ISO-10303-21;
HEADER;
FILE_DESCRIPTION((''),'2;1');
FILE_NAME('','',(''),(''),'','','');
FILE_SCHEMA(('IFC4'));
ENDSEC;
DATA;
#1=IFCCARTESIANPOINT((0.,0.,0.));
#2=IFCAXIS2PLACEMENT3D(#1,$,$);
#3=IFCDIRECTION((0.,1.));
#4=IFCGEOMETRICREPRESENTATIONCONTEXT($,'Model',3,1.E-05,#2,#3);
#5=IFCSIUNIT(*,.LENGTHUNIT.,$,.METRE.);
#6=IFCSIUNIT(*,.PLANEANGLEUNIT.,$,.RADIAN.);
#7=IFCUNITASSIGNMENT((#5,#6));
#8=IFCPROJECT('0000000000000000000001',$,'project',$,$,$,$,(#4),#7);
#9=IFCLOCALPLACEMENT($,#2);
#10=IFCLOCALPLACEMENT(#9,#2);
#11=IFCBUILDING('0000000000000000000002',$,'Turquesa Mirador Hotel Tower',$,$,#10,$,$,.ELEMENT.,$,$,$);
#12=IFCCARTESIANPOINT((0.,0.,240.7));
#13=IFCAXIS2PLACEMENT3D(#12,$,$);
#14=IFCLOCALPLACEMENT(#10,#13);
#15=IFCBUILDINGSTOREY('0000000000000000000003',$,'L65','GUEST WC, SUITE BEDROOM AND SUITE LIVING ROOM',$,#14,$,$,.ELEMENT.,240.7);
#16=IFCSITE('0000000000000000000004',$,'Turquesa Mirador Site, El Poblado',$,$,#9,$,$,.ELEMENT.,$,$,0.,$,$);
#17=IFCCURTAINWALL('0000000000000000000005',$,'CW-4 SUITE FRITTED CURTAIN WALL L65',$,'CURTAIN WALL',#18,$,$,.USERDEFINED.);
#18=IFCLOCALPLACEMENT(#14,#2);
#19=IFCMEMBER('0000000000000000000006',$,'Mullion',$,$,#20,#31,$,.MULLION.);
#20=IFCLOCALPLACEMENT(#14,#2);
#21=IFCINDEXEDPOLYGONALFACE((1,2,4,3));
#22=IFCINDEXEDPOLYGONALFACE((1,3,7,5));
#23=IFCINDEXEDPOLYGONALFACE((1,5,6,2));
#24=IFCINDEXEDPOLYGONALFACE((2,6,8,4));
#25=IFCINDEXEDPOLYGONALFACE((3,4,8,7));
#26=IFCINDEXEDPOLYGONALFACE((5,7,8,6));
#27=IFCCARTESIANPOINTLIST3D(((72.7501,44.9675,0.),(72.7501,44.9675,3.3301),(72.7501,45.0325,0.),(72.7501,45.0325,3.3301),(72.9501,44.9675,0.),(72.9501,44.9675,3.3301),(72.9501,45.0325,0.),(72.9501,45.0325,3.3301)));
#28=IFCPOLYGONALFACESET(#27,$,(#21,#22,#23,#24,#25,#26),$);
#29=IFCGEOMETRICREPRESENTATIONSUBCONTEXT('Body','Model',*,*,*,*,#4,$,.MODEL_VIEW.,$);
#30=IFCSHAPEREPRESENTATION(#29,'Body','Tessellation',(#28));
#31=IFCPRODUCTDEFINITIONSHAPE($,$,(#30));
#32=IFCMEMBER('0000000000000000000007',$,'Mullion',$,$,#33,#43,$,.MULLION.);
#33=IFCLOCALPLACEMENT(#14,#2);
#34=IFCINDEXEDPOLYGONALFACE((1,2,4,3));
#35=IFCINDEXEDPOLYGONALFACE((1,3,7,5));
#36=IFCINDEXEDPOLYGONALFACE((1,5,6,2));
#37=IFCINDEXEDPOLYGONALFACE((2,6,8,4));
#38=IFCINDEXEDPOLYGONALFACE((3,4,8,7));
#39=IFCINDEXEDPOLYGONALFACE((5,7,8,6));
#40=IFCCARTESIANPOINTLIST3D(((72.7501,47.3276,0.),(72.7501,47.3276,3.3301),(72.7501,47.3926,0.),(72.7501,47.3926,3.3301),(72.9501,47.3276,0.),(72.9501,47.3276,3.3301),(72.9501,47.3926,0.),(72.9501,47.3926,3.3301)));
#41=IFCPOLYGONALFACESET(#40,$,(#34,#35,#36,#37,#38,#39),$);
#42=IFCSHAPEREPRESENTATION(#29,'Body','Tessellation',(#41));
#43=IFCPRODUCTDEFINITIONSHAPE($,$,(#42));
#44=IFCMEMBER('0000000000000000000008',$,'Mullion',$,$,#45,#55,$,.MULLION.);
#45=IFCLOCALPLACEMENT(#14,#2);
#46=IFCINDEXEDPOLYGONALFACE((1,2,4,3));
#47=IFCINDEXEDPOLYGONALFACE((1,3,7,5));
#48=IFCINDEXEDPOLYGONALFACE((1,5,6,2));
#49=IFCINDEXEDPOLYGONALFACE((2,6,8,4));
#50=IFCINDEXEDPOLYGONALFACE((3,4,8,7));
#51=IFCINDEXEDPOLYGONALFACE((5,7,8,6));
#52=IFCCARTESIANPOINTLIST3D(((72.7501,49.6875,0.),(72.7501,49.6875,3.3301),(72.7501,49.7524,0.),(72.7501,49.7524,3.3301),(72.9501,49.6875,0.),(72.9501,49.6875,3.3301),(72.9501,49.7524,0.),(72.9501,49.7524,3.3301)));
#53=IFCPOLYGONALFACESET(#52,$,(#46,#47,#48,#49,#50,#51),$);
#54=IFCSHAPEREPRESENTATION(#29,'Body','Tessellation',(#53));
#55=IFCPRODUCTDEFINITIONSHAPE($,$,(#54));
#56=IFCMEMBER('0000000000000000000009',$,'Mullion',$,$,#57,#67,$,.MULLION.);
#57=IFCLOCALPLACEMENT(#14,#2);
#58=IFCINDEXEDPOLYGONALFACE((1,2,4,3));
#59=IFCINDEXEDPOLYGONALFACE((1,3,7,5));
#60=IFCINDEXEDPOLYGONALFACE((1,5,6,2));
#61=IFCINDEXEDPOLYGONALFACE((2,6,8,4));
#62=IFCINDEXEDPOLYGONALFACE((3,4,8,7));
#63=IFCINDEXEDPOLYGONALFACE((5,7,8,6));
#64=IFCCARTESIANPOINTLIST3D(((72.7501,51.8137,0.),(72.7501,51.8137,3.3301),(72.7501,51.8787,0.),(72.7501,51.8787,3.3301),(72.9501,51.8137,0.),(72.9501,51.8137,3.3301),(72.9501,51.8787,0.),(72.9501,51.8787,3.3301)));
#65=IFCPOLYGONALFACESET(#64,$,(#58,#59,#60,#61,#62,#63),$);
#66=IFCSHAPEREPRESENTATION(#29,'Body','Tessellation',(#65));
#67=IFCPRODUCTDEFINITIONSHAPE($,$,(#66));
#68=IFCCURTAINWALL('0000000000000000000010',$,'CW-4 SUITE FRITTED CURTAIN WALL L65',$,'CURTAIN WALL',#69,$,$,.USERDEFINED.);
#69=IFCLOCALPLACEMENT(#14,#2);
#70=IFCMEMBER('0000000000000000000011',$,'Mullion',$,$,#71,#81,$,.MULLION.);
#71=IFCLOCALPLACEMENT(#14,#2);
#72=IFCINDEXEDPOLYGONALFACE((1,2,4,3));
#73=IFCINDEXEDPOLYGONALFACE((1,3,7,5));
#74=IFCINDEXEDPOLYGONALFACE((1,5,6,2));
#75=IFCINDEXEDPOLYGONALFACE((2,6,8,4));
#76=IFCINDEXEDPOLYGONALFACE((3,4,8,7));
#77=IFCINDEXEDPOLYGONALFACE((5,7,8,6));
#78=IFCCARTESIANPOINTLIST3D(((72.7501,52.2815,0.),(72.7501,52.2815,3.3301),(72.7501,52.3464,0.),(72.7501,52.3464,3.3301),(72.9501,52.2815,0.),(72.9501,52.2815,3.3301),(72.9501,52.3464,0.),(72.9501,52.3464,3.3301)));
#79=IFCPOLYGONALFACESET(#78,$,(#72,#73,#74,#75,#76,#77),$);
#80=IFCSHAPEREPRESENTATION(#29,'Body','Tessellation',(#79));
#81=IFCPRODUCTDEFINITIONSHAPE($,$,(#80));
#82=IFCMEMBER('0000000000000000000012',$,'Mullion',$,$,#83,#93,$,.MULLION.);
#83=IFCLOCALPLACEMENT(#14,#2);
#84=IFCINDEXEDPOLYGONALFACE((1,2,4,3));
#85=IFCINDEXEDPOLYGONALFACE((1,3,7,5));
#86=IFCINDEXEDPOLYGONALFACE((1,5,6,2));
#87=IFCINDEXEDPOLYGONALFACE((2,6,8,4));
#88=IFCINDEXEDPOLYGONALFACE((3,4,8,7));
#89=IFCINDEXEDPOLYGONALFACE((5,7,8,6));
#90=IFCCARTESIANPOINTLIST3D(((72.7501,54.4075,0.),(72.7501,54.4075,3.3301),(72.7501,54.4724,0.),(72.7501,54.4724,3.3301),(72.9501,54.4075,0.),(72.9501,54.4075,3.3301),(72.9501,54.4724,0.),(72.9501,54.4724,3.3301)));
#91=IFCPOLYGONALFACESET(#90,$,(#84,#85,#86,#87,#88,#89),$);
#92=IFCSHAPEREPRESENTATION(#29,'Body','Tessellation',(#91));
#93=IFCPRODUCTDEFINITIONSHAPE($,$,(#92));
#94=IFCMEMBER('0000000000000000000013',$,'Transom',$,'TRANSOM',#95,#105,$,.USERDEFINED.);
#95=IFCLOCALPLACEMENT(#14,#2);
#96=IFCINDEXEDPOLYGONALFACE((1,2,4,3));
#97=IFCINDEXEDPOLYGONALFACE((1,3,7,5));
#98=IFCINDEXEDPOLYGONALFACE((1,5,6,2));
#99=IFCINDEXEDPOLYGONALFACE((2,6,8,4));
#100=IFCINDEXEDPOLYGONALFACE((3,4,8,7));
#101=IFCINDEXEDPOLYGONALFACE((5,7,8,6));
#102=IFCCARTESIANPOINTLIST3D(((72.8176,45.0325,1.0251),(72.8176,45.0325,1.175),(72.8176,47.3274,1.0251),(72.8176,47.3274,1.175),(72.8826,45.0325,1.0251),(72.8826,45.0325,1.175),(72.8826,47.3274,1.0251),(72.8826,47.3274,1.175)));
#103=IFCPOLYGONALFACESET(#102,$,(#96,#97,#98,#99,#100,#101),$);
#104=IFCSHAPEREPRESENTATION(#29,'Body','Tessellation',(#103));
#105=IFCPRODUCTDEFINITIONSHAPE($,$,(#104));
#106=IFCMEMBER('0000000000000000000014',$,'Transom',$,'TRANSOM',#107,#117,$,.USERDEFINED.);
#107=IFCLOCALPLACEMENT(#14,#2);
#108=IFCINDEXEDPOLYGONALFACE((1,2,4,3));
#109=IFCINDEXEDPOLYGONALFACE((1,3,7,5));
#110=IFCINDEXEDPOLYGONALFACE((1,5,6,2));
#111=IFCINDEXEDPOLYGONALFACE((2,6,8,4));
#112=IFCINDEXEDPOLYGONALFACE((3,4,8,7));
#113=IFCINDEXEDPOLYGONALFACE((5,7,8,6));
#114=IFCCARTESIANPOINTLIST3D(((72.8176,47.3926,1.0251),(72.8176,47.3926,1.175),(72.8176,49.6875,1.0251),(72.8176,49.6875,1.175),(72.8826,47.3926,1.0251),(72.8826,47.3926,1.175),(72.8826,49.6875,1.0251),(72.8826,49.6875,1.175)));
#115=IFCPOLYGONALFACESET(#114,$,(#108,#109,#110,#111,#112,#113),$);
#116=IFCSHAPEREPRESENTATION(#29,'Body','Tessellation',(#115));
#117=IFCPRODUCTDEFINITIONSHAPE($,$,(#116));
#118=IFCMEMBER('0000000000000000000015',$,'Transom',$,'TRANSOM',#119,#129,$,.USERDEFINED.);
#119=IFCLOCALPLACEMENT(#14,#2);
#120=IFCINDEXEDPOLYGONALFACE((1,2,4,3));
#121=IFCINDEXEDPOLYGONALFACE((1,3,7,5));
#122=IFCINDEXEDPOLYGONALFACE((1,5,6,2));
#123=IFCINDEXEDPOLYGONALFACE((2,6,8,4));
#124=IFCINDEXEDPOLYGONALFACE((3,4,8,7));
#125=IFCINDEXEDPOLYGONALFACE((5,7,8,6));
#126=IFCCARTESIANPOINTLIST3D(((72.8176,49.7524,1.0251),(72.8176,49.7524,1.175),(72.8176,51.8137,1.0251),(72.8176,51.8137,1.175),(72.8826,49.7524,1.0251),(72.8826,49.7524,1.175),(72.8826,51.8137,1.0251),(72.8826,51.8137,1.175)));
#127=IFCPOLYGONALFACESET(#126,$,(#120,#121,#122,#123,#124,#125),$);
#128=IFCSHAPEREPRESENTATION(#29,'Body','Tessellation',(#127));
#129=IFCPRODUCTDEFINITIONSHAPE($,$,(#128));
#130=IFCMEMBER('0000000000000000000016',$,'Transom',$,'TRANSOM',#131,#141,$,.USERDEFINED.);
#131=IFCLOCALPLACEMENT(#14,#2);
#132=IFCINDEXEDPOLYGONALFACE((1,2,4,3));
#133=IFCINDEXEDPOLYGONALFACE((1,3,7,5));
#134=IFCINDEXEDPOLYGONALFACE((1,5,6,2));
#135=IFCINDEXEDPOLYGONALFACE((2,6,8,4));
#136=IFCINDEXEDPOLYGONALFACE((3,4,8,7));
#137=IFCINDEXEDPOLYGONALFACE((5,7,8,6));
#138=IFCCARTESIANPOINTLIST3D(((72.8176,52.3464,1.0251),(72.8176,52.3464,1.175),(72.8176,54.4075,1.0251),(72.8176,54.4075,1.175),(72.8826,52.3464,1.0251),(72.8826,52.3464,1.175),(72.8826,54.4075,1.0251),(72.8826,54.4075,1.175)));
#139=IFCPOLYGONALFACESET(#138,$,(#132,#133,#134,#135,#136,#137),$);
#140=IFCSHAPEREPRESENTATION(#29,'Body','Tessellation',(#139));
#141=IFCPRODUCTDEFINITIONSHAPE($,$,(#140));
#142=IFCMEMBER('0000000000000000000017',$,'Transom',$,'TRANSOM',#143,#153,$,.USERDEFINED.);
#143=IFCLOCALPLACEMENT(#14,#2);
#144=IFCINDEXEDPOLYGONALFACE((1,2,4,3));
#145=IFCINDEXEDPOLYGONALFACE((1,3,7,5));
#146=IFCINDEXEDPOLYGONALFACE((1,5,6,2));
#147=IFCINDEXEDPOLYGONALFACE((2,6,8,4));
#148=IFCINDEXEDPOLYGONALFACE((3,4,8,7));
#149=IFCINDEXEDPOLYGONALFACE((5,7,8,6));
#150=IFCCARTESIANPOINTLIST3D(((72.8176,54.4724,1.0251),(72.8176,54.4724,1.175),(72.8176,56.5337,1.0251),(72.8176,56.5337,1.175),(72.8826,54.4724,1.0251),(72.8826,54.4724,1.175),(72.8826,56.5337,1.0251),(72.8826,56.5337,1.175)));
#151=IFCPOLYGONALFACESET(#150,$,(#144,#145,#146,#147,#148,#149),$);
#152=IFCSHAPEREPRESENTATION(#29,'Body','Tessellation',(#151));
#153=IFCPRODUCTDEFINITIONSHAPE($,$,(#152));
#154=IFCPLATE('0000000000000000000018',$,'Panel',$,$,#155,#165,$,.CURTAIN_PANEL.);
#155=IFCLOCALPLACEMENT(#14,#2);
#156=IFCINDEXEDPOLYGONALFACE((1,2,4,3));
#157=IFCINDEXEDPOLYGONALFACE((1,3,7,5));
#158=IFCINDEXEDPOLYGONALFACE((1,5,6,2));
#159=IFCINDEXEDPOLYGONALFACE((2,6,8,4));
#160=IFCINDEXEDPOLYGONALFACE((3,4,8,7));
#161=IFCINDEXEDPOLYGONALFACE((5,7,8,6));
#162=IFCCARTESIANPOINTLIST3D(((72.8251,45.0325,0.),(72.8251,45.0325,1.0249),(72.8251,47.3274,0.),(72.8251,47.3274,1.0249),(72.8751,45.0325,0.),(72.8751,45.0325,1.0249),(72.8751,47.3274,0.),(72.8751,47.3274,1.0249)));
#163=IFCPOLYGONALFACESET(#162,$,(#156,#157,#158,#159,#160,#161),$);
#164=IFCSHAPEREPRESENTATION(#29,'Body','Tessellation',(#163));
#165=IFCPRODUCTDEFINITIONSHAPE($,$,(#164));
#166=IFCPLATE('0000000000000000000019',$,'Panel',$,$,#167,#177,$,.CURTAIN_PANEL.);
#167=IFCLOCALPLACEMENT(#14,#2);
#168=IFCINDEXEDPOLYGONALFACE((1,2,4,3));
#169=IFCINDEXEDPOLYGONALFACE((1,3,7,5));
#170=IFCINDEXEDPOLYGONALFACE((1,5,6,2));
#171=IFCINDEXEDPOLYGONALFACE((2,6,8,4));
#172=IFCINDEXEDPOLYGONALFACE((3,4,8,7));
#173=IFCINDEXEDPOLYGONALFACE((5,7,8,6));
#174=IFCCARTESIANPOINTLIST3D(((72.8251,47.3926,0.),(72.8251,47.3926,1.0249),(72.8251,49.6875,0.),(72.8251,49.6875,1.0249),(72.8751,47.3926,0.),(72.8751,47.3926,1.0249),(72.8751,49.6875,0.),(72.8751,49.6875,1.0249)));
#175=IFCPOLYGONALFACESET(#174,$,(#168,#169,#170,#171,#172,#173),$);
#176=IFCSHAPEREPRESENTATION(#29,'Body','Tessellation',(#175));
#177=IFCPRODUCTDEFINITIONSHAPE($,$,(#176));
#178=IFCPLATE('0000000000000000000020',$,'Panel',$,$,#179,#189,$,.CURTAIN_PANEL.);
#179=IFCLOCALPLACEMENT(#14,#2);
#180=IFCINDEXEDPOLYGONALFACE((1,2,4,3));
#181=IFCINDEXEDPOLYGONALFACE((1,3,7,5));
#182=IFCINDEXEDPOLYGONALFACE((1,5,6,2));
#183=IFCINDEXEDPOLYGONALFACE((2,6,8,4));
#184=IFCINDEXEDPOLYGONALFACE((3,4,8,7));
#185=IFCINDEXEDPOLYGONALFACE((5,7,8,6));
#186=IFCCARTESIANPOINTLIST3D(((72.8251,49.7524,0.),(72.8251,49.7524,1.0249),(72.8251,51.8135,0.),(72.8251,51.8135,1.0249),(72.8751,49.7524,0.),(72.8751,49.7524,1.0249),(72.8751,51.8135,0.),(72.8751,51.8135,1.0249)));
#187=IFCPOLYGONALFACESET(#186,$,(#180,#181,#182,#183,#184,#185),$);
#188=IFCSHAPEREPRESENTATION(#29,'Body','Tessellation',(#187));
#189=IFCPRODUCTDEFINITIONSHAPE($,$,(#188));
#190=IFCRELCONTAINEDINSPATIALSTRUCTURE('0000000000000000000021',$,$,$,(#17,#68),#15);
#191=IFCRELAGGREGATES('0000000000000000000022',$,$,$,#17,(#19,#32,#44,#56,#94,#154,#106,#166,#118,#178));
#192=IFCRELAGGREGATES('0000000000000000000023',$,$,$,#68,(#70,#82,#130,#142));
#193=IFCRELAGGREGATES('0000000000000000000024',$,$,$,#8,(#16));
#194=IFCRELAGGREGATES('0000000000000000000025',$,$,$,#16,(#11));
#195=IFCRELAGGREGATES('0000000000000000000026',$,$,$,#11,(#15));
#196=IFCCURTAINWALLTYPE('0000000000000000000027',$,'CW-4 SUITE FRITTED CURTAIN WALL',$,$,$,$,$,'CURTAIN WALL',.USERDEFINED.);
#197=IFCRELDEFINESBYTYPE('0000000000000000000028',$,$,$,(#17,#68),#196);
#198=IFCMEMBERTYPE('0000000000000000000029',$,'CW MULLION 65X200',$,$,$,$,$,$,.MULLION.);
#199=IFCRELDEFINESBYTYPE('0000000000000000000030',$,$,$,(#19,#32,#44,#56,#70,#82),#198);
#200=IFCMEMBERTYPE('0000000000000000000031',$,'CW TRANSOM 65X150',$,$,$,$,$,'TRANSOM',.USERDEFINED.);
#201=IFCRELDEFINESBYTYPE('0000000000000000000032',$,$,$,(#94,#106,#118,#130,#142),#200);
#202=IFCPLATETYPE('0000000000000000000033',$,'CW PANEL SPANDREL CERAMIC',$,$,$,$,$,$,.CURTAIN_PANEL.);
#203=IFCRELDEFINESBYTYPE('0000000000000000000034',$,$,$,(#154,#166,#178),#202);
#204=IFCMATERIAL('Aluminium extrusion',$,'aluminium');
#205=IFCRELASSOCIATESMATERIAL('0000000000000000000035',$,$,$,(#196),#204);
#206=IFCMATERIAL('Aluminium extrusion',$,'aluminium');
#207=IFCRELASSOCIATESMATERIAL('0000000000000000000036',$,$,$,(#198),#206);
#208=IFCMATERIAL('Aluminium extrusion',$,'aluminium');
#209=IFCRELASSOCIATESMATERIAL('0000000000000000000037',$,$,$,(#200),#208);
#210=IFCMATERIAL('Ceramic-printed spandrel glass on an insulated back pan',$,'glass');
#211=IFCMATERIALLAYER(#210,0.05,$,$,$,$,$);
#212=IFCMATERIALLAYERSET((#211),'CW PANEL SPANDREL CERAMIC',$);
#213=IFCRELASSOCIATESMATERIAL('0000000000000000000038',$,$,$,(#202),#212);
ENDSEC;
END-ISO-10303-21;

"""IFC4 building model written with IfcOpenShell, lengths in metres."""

from ifc_helpers import new_model, si_unit, direction, frame, origin, origin_2d, place, context, subcontext, project, spatial, rectangle, extrude, material, layer, layer_set, material_profile, profile_set, type_object, element, aggregate, save


model = new_model("IFC4")

# Units and contexts
model_context = context("Model", 3, precision=1e-05, world=origin(), true_north=direction((0.0, 1.0)))
body_context = subcontext(model_context, "Body", "Model", "MODEL_VIEW")
ifc_project = project(units=[si_unit("LENGTHUNIT", "METRE"), si_unit("PLANEANGLEUNIT", "RADIAN")], contexts=[model_context])

# Site, building, storey
site_placement = place(None, origin())
site = spatial("IfcSite", under=ifc_project, at=site_placement, Name="Turquesa Mirador Site, El Poblado", CompositionType="ELEMENT", RefElevation=0.0)
building_placement = place(site_placement, origin())
building = spatial("IfcBuilding", under=site, at=building_placement, Name="Turquesa Mirador Hotel Tower", CompositionType="ELEMENT")
storey_placement = place(building_placement, frame((0.0, 0.0, 240.7)))
storey = spatial("IfcBuildingStorey", under=building, at=storey_placement, Name="L65", Description="GUEST WC, SUITE BEDROOM AND SUITE LIVING ROOM", CompositionType="ELEMENT", Elevation=240.7)

# Curtain walls, members
ifc_material_1 = material(Name="Aluminium extrusion", Category="aluminium")
curtain_wall_type = type_object("IfcCurtainWallType", Name="CW-4 SUITE FRITTED CURTAIN WALL", ElementType="CURTAIN WALL", PredefinedType="USERDEFINED", material=ifc_material_1)
curtain_wall_1_placement = place(storey_placement, origin())
curtain_wall_1 = element("IfcCurtainWall", 1, at=curtain_wall_1_placement, inside=storey, type_object=curtain_wall_type, Name="CW-4 SUITE FRITTED CURTAIN WALL L65", ObjectType="CURTAIN WALL", PredefinedType="USERDEFINED")
ifc_material_2 = material(Name="Aluminium extrusion", Category="aluminium")
ifc_material_profile_1 = material_profile(ifc_material_2, rectangle(XDim=0.0649, YDim=0.2, at=origin_2d()), Name="MULLION 65X200")
ifc_profile_set_1 = profile_set([ifc_material_profile_1], Name="Aluminium extrusion")
member_type_1 = type_object("IfcMemberType", Name="CW MULLION 65X200", PredefinedType="MULLION", material=ifc_profile_set_1)
member_1_placement = place(storey_placement, frame((72.8501, 45.0, 0.0), z_axis=(0.0, 0.0, 1.0), x_axis=(0.0, 1.0, 0.0)))
member_1 = element("IfcMember", 2, at=member_1_placement, type_object=member_type_1, Name="Mullion", PredefinedType="MULLION", context=body_context, shape_type="SweptSolid", body=[
    extrude(rectangle(XDim=0.0649, YDim=0.2, at=origin_2d()), origin(), (0.0, 0.0, 1.0), 3.3301),
])
member_2_placement = place(storey_placement, frame((72.8501, 47.3601, 0.0), z_axis=(0.0, 0.0, 1.0), x_axis=(0.0, 1.0, 0.0)))
member_2 = element("IfcMember", 3, at=member_2_placement, type_object=member_type_1, Name="Mullion", PredefinedType="MULLION", context=body_context, shape_type="SweptSolid", body=[
    extrude(rectangle(XDim=0.0649, YDim=0.2, at=origin_2d()), origin(), (0.0, 0.0, 1.0), 3.3301),
])
member_3_placement = place(storey_placement, frame((72.8501, 49.72, 0.0), z_axis=(0.0, 0.0, 1.0), x_axis=(0.0, 1.0, 0.0)))
member_3 = element("IfcMember", 4, at=member_3_placement, type_object=member_type_1, Name="Mullion", PredefinedType="MULLION", context=body_context, shape_type="SweptSolid", body=[
    extrude(rectangle(XDim=0.0649, YDim=0.2, at=origin_2d()), origin(), (0.0, 0.0, 1.0), 3.3301),
])
member_4_placement = place(storey_placement, frame((72.8501, 51.8462, 0.0), z_axis=(0.0, 0.0, 1.0), x_axis=(0.0, 1.0, 0.0)))
member_4 = element("IfcMember", 5, at=member_4_placement, type_object=member_type_1, Name="Mullion", PredefinedType="MULLION", context=body_context, shape_type="SweptSolid", body=[
    extrude(rectangle(XDim=0.0649, YDim=0.2, at=origin_2d()), origin(), (0.0, 0.0, 1.0), 3.3301),
])
curtain_wall_2_placement = place(storey_placement, origin())
curtain_wall_2 = element("IfcCurtainWall", 6, at=curtain_wall_2_placement, inside=storey, type_object=curtain_wall_type, Name="CW-4 SUITE FRITTED CURTAIN WALL L65", ObjectType="CURTAIN WALL", PredefinedType="USERDEFINED")
member_5_placement = place(storey_placement, frame((72.8501, 52.314, 0.0), z_axis=(0.0, 0.0, 1.0), x_axis=(0.0, 1.0, 0.0)))
member_5 = element("IfcMember", 7, at=member_5_placement, type_object=member_type_1, Name="Mullion", PredefinedType="MULLION", context=body_context, shape_type="SweptSolid", body=[
    extrude(rectangle(XDim=0.0649, YDim=0.2, at=origin_2d()), origin(), (0.0, 0.0, 1.0), 3.3301),
])
member_6_placement = place(storey_placement, frame((72.8501, 54.4399, 0.0), z_axis=(0.0, 0.0, 1.0), x_axis=(0.0, 1.0, 0.0)))
member_6 = element("IfcMember", 8, at=member_6_placement, type_object=member_type_1, Name="Mullion", PredefinedType="MULLION", context=body_context, shape_type="SweptSolid", body=[
    extrude(rectangle(XDim=0.0649, YDim=0.2, at=origin_2d()), origin(), (0.0, 0.0, 1.0), 3.3301),
])

# Members
ifc_material_3 = material(Name="Aluminium extrusion", Category="aluminium")
ifc_material_profile_2 = material_profile(ifc_material_3, rectangle(XDim=0.0649, YDim=0.1499, at=origin_2d()), Name="TRANSOM 65X150")
ifc_profile_set_2 = profile_set([ifc_material_profile_2], Name="Aluminium extrusion")
member_type_2 = type_object("IfcMemberType", Name="CW TRANSOM 65X150", ElementType="TRANSOM", PredefinedType="USERDEFINED", material=ifc_profile_set_2)
member_7_placement = place(storey_placement, frame((72.8501, 45.0325, 1.1001), z_axis=(0.0, 1.0, 0.0), x_axis=(-1.0, 0.0, 0.0)))
member_7 = element("IfcMember", 9, at=member_7_placement, type_object=member_type_2, Name="Transom", ObjectType="TRANSOM", PredefinedType="USERDEFINED", context=body_context, shape_type="SweptSolid", body=[
    extrude(rectangle(XDim=0.0649, YDim=0.1499, at=origin_2d()), origin(), (0.0, 0.0, 1.0), 2.2949),
])
member_8_placement = place(storey_placement, frame((72.8501, 47.3926, 1.1001), z_axis=(0.0, 1.0, 0.0), x_axis=(-1.0, 0.0, 0.0)))
member_8 = element("IfcMember", 10, at=member_8_placement, type_object=member_type_2, Name="Transom", ObjectType="TRANSOM", PredefinedType="USERDEFINED", context=body_context, shape_type="SweptSolid", body=[
    extrude(rectangle(XDim=0.0649, YDim=0.1499, at=origin_2d()), origin(), (0.0, 0.0, 1.0), 2.2949),
])
member_9_placement = place(storey_placement, frame((72.8501, 49.7524, 1.1001), z_axis=(0.0, 1.0, 0.0), x_axis=(-1.0, 0.0, 0.0)))
member_9 = element("IfcMember", 11, at=member_9_placement, type_object=member_type_2, Name="Transom", ObjectType="TRANSOM", PredefinedType="USERDEFINED", context=body_context, shape_type="SweptSolid", body=[
    extrude(rectangle(XDim=0.0649, YDim=0.1499, at=origin_2d()), origin(), (0.0, 0.0, 1.0), 2.0613),
])
member_10_placement = place(storey_placement, frame((72.8501, 52.3464, 1.1001), z_axis=(0.0, 1.0, 0.0), x_axis=(-1.0, 0.0, 0.0)))
member_10 = element("IfcMember", 12, at=member_10_placement, type_object=member_type_2, Name="Transom", ObjectType="TRANSOM", PredefinedType="USERDEFINED", context=body_context, shape_type="SweptSolid", body=[
    extrude(rectangle(XDim=0.0649, YDim=0.1499, at=origin_2d()), origin(), (0.0, 0.0, 1.0), 2.061),
])
member_11_placement = place(storey_placement, frame((72.8501, 54.4724, 1.1001), z_axis=(0.0, 1.0, 0.0), x_axis=(-1.0, 0.0, 0.0)))
member_11 = element("IfcMember", 13, at=member_11_placement, type_object=member_type_2, Name="Transom", ObjectType="TRANSOM", PredefinedType="USERDEFINED", context=body_context, shape_type="SweptSolid", body=[
    extrude(rectangle(XDim=0.0649, YDim=0.1499, at=origin_2d()), origin(), (0.0, 0.0, 1.0), 2.0613),
])

# Plates
ifc_material_4 = material(Name="Ceramic-printed spandrel glass on an insulated back pan", Category="glass")
ifc_layer_1 = layer(ifc_material_4, 0.05)
ifc_layer_set_1 = layer_set([ifc_layer_1], Name="CW PANEL SPANDREL CERAMIC")
plate_type_1 = type_object("IfcPlateType", Name="CW PANEL SPANDREL CERAMIC", PredefinedType="CURTAIN_PANEL", material=ifc_layer_set_1)
plate_1_placement = place(storey_placement, frame((72.8501, 46.1799, 0.0), z_axis=(0.0, 0.0, 1.0), x_axis=(0.0, 1.0, 0.0)))
plate_1 = element("IfcPlate", 14, at=plate_1_placement, type_object=plate_type_1, Name="Panel", PredefinedType="CURTAIN_PANEL", context=body_context, shape_type="SweptSolid", body=[
    extrude(rectangle(XDim=2.2949, YDim=0.05, at=origin_2d()), origin(), (0.0, 0.0, 1.0), 1.0249),
])
plate_2_placement = place(storey_placement, frame((72.8501, 48.54, 0.0), z_axis=(0.0, 0.0, 1.0), x_axis=(0.0, 1.0, 0.0)))
plate_2 = element("IfcPlate", 15, at=plate_2_placement, type_object=plate_type_1, Name="Panel", PredefinedType="CURTAIN_PANEL", context=body_context, shape_type="SweptSolid", body=[
    extrude(rectangle(XDim=2.2949, YDim=0.05, at=origin_2d()), origin(), (0.0, 0.0, 1.0), 1.0249),
])
plate_3_placement = place(storey_placement, frame((72.8501, 50.783, 0.0), z_axis=(0.0, 0.0, 1.0), x_axis=(0.0, 1.0, 0.0)))
plate_3 = element("IfcPlate", 16, at=plate_3_placement, type_object=plate_type_1, Name="Panel", PredefinedType="CURTAIN_PANEL", context=body_context, shape_type="SweptSolid", body=[
    extrude(rectangle(XDim=2.061, YDim=0.05, at=origin_2d()), origin(), (0.0, 0.0, 1.0), 1.0249),
])
aggregate(curtain_wall_1, [member_1, member_2, member_3, member_4, member_7, plate_1, member_8, plate_2, member_9, plate_3])
aggregate(curtain_wall_2, [member_5, member_6, member_10, member_11])

save(model, "model.ifc")
